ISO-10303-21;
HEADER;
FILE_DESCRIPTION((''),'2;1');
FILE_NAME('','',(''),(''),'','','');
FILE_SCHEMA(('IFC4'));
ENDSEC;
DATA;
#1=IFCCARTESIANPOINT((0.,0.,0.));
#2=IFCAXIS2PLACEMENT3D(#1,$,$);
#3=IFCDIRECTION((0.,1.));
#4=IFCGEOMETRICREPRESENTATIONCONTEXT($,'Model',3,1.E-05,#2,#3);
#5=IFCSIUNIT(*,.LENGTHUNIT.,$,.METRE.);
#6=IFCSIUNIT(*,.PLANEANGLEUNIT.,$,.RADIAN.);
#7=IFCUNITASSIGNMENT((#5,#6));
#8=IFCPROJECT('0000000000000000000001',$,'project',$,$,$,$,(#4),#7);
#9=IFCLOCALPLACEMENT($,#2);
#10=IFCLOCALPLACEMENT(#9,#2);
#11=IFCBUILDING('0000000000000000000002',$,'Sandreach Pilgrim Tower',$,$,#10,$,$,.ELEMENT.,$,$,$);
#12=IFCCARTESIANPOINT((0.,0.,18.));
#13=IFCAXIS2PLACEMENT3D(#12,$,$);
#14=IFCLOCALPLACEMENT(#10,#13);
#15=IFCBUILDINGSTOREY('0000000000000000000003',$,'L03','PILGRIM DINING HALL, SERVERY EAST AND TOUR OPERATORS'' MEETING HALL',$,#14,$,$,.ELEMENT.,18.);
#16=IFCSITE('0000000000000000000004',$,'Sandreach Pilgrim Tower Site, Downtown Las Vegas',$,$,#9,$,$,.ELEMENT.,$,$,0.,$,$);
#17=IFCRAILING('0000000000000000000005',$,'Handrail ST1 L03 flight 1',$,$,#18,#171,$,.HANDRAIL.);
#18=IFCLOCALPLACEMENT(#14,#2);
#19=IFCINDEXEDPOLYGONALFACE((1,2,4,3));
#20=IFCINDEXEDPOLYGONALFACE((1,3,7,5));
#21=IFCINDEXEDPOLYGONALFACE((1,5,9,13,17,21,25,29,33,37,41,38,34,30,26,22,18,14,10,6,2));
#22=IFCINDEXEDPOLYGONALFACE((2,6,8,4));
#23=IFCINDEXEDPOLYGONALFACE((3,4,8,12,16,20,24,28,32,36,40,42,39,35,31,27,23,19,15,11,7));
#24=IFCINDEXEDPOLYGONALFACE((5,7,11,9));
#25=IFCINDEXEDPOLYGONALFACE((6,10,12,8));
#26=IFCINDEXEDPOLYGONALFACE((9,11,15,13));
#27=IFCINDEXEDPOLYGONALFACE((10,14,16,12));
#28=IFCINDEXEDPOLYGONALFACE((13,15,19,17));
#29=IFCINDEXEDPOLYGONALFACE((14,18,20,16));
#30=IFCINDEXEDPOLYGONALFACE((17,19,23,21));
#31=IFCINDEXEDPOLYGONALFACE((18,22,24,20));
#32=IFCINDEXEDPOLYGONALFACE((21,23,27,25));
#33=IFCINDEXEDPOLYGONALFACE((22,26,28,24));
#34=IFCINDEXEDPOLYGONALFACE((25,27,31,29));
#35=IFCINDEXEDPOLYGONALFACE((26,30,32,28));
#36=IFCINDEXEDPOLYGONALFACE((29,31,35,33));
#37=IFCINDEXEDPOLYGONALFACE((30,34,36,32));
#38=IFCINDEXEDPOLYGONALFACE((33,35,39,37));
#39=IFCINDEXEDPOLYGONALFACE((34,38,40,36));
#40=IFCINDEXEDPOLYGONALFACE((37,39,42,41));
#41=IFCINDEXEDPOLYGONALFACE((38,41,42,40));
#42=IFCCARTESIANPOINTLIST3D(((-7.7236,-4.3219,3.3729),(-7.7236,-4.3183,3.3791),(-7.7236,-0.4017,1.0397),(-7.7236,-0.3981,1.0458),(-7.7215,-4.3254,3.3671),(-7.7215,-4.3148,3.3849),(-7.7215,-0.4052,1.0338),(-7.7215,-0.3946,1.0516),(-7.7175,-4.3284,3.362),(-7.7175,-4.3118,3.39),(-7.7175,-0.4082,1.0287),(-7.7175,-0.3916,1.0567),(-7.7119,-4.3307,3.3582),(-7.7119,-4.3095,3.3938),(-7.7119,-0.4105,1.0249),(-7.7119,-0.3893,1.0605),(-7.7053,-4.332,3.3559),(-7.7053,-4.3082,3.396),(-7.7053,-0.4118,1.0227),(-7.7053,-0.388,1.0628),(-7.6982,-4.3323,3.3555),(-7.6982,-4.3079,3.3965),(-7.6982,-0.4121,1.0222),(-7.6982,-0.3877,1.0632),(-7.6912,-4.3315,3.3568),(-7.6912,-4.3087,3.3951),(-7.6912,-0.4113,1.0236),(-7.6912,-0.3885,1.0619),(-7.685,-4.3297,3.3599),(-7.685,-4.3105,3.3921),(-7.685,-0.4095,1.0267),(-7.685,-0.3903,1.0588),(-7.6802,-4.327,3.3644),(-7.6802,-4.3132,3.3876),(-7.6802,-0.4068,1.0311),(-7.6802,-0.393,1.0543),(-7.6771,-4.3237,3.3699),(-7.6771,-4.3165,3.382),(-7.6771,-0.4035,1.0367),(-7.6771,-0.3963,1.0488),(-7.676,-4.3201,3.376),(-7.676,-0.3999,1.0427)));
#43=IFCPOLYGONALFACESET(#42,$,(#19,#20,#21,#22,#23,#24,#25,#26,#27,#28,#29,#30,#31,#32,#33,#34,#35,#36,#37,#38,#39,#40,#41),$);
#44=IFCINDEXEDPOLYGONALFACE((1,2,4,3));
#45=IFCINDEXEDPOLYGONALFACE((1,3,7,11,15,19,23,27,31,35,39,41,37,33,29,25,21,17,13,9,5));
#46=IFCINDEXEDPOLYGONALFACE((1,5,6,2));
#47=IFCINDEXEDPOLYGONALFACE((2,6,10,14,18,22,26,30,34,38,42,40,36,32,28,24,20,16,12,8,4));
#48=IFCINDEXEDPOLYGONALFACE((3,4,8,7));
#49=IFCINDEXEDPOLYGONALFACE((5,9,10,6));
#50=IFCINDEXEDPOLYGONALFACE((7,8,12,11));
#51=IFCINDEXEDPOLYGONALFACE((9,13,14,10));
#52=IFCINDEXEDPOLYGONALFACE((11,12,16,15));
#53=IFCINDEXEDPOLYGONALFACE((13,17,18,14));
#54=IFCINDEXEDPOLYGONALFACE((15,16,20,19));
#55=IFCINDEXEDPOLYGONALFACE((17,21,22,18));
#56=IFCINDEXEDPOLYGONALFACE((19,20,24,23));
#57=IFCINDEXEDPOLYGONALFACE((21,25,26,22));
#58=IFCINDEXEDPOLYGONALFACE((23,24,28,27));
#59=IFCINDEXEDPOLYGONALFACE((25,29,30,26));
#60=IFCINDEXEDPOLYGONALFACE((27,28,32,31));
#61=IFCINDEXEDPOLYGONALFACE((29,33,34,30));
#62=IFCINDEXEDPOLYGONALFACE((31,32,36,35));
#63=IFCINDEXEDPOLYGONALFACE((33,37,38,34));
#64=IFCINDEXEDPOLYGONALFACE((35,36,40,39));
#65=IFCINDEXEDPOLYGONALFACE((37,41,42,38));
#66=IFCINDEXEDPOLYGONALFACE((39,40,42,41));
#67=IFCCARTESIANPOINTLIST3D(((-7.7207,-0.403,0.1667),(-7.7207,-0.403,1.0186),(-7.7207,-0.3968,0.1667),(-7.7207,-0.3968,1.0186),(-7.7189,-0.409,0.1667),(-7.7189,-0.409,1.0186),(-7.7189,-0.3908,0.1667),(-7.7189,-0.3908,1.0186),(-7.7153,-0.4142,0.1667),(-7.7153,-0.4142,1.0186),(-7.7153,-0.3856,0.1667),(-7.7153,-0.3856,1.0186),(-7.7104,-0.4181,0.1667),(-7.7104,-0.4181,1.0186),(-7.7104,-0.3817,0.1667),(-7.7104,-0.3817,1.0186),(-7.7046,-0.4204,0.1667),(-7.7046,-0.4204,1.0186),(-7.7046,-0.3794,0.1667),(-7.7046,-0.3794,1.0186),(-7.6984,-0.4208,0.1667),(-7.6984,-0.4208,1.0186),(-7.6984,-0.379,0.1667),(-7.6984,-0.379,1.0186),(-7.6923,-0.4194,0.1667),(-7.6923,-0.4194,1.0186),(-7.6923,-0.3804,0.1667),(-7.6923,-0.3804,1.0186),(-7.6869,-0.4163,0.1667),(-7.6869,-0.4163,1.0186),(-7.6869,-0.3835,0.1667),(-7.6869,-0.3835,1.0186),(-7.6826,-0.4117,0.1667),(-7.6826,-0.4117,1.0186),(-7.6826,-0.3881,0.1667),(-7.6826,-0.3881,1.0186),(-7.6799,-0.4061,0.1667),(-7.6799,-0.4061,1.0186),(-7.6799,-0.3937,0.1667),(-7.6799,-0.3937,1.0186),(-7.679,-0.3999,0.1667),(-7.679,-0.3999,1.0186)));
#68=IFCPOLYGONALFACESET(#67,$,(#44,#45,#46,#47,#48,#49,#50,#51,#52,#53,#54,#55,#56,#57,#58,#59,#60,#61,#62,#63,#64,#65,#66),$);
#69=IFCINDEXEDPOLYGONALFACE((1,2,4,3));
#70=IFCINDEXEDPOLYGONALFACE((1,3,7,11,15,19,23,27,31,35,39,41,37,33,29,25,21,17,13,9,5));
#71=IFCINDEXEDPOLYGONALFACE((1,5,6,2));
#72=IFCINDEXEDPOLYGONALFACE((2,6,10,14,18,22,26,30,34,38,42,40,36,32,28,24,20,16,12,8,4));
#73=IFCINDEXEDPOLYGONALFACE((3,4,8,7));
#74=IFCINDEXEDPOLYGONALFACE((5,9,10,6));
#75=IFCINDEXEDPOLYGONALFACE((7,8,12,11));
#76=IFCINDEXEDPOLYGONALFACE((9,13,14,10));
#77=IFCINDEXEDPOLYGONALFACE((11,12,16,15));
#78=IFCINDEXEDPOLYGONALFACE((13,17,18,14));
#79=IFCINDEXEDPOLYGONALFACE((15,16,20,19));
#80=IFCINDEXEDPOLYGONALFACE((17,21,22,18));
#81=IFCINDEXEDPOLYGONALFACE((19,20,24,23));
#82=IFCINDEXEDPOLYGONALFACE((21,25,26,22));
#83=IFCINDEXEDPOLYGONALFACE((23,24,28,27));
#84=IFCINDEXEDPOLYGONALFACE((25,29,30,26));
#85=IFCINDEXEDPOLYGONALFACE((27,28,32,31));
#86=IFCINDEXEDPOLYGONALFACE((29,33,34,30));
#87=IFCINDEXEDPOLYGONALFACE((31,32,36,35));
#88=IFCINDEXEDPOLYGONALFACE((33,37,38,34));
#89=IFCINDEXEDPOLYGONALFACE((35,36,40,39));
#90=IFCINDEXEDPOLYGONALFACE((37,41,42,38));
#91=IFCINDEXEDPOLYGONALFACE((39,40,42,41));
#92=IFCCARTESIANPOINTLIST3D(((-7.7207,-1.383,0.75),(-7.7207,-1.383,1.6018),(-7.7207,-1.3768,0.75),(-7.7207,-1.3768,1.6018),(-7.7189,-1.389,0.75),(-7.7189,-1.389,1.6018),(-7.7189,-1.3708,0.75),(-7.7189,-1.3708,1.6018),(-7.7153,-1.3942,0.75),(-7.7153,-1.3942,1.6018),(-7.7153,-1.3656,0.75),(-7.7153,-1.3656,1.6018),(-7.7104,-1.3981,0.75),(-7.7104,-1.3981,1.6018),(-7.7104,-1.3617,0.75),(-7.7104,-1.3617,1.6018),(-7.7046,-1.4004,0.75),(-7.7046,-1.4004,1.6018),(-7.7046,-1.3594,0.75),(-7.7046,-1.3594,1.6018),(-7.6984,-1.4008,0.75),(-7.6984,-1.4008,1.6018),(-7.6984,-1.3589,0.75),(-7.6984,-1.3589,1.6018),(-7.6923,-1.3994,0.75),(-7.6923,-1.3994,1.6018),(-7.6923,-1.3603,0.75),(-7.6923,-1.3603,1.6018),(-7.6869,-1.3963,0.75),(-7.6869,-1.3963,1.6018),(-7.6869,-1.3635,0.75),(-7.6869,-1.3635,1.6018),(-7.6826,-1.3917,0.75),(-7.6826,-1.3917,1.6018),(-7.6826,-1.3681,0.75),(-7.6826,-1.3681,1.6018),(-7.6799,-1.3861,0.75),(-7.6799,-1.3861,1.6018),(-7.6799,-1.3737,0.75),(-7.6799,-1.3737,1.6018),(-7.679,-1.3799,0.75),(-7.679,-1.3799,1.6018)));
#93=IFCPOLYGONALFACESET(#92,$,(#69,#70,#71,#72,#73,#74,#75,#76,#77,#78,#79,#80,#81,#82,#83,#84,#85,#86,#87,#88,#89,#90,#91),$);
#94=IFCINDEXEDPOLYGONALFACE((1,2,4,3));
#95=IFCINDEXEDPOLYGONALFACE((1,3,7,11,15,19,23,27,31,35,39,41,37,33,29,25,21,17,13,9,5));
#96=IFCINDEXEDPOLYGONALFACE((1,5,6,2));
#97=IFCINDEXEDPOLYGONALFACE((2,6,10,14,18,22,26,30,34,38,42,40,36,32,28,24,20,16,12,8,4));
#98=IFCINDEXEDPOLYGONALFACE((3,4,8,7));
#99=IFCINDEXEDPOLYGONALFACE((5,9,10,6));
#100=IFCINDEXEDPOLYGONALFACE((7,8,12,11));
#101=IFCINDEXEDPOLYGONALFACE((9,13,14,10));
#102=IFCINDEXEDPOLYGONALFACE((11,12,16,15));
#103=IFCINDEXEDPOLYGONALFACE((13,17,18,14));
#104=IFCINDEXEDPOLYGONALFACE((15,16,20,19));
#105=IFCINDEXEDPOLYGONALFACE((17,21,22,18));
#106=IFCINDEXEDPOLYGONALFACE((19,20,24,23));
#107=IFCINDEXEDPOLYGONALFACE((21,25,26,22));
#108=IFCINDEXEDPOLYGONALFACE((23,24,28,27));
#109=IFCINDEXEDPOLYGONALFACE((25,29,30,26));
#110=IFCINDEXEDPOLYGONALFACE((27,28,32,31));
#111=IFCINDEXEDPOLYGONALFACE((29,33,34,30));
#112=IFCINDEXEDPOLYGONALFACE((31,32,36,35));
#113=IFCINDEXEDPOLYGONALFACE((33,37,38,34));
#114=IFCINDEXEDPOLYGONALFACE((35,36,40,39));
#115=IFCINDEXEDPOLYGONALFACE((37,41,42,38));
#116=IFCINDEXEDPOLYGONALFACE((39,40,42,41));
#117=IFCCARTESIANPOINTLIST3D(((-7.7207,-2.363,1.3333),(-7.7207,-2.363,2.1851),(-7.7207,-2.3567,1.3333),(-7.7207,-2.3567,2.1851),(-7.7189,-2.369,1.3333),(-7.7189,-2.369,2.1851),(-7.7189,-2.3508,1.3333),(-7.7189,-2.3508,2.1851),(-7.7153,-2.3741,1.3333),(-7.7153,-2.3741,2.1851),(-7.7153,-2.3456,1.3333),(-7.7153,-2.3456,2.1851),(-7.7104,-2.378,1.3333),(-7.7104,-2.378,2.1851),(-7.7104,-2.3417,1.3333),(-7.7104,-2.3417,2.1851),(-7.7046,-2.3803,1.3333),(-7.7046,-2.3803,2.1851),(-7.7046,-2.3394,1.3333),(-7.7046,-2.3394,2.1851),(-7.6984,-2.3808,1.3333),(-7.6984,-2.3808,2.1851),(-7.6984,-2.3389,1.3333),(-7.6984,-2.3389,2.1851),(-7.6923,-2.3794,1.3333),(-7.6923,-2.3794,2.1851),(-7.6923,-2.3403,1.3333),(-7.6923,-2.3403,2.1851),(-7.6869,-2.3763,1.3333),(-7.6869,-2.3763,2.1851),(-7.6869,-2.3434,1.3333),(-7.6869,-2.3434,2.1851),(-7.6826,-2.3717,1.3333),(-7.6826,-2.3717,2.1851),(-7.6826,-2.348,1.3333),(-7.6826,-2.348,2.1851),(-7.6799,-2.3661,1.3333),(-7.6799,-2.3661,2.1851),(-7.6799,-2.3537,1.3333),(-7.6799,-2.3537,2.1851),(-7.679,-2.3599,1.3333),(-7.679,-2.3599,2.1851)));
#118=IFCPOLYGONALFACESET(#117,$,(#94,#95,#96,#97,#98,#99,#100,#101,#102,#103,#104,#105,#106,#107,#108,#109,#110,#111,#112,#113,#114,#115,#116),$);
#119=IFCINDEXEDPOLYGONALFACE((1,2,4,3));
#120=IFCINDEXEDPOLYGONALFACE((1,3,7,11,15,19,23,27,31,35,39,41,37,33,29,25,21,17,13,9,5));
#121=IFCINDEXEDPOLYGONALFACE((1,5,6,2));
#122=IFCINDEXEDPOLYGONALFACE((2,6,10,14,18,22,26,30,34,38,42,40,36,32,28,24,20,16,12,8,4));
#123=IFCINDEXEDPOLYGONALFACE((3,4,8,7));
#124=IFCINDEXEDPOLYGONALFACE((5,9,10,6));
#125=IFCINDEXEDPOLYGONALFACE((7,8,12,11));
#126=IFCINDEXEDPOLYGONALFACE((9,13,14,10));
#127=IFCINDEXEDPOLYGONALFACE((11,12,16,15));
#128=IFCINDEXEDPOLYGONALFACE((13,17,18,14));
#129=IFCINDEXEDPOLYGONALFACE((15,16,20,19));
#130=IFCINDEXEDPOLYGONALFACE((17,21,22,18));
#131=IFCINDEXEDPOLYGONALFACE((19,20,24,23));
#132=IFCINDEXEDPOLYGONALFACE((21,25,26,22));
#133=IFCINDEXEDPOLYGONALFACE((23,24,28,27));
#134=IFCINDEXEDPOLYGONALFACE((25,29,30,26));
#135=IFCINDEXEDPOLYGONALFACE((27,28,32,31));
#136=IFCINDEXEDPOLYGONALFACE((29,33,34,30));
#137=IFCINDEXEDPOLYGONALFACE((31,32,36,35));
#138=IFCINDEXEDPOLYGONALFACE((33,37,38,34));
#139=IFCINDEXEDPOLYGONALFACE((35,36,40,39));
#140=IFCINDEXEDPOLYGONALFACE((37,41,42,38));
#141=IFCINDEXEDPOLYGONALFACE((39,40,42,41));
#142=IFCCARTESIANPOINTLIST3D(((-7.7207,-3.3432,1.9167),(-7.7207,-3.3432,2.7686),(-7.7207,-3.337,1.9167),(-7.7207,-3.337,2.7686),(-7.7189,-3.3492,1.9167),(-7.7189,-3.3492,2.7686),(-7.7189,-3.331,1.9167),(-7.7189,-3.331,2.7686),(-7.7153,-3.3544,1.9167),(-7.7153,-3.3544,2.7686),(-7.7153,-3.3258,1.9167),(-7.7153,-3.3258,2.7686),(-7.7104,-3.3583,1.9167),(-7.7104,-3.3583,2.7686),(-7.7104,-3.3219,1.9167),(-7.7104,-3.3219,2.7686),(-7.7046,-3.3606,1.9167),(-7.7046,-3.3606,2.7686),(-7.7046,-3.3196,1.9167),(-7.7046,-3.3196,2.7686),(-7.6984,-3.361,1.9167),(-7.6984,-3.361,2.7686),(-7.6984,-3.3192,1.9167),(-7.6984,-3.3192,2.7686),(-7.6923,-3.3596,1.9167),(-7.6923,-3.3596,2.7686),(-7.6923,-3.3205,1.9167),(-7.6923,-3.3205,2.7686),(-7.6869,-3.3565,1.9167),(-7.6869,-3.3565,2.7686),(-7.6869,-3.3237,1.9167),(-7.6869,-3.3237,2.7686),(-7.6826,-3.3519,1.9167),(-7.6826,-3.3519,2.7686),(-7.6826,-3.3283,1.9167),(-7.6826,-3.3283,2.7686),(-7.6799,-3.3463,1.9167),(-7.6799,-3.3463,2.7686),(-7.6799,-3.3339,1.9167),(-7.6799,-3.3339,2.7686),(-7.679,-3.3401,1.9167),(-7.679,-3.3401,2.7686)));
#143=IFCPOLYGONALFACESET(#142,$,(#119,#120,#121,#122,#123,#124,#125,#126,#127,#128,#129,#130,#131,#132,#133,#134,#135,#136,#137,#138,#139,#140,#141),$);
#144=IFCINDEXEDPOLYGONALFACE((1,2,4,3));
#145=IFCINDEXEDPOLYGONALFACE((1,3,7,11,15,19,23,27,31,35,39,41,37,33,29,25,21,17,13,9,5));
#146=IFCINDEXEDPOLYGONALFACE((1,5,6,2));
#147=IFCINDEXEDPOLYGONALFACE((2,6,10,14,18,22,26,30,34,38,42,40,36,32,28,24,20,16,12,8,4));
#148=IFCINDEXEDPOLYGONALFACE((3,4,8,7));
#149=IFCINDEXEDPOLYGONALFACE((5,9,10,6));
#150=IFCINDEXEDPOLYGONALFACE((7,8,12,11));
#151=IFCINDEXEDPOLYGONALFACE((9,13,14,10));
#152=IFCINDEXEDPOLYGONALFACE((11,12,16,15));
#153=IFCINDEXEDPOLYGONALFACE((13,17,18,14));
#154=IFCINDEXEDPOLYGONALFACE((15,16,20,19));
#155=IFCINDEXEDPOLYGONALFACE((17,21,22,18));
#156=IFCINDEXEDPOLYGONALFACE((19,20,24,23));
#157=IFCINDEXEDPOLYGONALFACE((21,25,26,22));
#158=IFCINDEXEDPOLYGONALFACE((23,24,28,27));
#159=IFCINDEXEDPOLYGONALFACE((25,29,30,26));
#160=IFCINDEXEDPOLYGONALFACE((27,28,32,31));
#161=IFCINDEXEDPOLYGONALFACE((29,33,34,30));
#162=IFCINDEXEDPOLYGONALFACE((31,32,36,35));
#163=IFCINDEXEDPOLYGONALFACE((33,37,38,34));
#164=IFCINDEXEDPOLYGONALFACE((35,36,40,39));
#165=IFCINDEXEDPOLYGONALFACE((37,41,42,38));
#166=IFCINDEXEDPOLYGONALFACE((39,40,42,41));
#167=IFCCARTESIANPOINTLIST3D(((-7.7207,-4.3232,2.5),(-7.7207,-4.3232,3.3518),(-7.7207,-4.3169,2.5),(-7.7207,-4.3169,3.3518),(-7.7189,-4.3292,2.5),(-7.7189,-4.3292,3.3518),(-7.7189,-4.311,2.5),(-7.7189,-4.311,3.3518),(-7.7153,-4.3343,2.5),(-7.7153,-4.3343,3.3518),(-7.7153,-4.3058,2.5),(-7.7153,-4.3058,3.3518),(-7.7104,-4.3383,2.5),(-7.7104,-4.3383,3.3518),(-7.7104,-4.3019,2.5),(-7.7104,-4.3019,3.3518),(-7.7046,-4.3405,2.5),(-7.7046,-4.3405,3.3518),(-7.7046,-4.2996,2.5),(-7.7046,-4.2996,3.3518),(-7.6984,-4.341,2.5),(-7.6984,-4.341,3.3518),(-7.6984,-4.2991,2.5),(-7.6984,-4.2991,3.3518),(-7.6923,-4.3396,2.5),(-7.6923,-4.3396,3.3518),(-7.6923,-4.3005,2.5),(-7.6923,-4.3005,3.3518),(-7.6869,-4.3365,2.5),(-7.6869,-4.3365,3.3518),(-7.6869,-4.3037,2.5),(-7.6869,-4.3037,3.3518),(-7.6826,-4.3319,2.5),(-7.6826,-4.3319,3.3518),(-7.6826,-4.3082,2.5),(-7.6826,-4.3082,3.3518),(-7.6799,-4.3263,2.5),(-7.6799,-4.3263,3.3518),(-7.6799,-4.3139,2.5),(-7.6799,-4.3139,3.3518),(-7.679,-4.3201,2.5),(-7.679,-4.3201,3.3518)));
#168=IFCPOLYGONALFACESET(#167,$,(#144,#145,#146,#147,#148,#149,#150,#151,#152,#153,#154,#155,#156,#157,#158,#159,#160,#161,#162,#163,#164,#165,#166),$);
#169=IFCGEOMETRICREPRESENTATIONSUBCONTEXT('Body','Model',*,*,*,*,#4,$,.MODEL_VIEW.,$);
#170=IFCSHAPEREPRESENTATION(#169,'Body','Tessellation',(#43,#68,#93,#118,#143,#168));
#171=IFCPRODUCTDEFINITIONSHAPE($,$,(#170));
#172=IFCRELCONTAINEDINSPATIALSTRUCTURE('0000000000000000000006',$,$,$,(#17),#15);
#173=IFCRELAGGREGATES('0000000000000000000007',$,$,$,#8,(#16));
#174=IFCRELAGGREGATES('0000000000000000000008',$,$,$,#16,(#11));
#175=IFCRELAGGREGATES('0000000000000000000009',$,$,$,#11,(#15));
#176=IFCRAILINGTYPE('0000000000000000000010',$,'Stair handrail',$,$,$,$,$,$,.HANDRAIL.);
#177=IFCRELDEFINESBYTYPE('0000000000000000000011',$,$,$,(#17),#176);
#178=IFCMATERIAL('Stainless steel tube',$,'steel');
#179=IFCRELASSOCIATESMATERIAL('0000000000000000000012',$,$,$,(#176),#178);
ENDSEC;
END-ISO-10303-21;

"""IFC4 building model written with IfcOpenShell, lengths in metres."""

from ifc_helpers import new_model, si_unit, direction, frame, origin, origin_2d, place, context, subcontext, project, spatial, circle, extrude, material, type_object, element, save


model = new_model("IFC4")

# Units and contexts
model_context = context("Model", 3, precision=1e-05, world=origin(), true_north=direction((0.0, 1.0)))
body_context = subcontext(model_context, "Body", "Model", "MODEL_VIEW")
ifc_project = project(units=[si_unit("LENGTHUNIT", "METRE"), si_unit("PLANEANGLEUNIT", "RADIAN")], contexts=[model_context])

# Site, building, storey
site_placement = place(None, origin())
site = spatial("IfcSite", under=ifc_project, at=site_placement, Name="Sandreach Pilgrim Tower Site, Downtown Las Vegas", CompositionType="ELEMENT", RefElevation=0.0)
building_placement = place(site_placement, origin())
building = spatial("IfcBuilding", under=site, at=building_placement, Name="Sandreach Pilgrim Tower", CompositionType="ELEMENT")
storey_placement = place(building_placement, frame((0.0, 0.0, 18.0)))
storey = spatial("IfcBuildingStorey", under=building, at=storey_placement, Name="L03", Description="PILGRIM DINING HALL, SERVERY EAST AND TOUR OPERATORS' MEETING HALL", CompositionType="ELEMENT", Elevation=18.0)

# Railing
ifc_material_1 = material(Name="Stainless steel tube", Category="steel")
railing_type = type_object("IfcRailingType", Name="Stair handrail", PredefinedType="HANDRAIL", material=ifc_material_1)
for number, where, name in (
    (1, (-7.7, -0.3999, 0.1667), "Handrail ST1 L03 flight 1"),
):
    element("IfcRailing", number, at=place(storey_placement, frame(where)), inside=storey, type_object=railing_type, Name=name, PredefinedType="HANDRAIL", context=body_context, shape_type="SweptSolid", body=[
        extrude(circle(Radius=0.0239, at=origin_2d()), frame((0.0, 0.0, 0.876), z_axis=(0.0, -0.85931, 0.511455), x_axis=(1.0, 0.0, 0.0)), (0.0, 0.0, 1.0), 4.562),
        extrude(circle(Radius=0.021, at=origin_2d()), origin(), (0.0, 0.0, 1.0), 0.8518),
        extrude(circle(Radius=0.021, at=origin_2d()), frame((0.0, -0.98, 0.5833)), (0.0, 0.0, 1.0), 0.8518),
        extrude(circle(Radius=0.021, at=origin_2d()), frame((0.0, -1.96, 1.1665)), (0.0, 0.0, 1.0), 0.8518),
        extrude(circle(Radius=0.021, at=origin_2d()), frame((0.0, -2.9402, 1.75)), (0.0, 0.0, 1.0), 0.8518),
        extrude(circle(Radius=0.021, at=origin_2d()), frame((0.0, -3.9202, 2.3333)), (0.0, 0.0, 1.0), 0.8518),
    ])

save(model, "model.ifc")
